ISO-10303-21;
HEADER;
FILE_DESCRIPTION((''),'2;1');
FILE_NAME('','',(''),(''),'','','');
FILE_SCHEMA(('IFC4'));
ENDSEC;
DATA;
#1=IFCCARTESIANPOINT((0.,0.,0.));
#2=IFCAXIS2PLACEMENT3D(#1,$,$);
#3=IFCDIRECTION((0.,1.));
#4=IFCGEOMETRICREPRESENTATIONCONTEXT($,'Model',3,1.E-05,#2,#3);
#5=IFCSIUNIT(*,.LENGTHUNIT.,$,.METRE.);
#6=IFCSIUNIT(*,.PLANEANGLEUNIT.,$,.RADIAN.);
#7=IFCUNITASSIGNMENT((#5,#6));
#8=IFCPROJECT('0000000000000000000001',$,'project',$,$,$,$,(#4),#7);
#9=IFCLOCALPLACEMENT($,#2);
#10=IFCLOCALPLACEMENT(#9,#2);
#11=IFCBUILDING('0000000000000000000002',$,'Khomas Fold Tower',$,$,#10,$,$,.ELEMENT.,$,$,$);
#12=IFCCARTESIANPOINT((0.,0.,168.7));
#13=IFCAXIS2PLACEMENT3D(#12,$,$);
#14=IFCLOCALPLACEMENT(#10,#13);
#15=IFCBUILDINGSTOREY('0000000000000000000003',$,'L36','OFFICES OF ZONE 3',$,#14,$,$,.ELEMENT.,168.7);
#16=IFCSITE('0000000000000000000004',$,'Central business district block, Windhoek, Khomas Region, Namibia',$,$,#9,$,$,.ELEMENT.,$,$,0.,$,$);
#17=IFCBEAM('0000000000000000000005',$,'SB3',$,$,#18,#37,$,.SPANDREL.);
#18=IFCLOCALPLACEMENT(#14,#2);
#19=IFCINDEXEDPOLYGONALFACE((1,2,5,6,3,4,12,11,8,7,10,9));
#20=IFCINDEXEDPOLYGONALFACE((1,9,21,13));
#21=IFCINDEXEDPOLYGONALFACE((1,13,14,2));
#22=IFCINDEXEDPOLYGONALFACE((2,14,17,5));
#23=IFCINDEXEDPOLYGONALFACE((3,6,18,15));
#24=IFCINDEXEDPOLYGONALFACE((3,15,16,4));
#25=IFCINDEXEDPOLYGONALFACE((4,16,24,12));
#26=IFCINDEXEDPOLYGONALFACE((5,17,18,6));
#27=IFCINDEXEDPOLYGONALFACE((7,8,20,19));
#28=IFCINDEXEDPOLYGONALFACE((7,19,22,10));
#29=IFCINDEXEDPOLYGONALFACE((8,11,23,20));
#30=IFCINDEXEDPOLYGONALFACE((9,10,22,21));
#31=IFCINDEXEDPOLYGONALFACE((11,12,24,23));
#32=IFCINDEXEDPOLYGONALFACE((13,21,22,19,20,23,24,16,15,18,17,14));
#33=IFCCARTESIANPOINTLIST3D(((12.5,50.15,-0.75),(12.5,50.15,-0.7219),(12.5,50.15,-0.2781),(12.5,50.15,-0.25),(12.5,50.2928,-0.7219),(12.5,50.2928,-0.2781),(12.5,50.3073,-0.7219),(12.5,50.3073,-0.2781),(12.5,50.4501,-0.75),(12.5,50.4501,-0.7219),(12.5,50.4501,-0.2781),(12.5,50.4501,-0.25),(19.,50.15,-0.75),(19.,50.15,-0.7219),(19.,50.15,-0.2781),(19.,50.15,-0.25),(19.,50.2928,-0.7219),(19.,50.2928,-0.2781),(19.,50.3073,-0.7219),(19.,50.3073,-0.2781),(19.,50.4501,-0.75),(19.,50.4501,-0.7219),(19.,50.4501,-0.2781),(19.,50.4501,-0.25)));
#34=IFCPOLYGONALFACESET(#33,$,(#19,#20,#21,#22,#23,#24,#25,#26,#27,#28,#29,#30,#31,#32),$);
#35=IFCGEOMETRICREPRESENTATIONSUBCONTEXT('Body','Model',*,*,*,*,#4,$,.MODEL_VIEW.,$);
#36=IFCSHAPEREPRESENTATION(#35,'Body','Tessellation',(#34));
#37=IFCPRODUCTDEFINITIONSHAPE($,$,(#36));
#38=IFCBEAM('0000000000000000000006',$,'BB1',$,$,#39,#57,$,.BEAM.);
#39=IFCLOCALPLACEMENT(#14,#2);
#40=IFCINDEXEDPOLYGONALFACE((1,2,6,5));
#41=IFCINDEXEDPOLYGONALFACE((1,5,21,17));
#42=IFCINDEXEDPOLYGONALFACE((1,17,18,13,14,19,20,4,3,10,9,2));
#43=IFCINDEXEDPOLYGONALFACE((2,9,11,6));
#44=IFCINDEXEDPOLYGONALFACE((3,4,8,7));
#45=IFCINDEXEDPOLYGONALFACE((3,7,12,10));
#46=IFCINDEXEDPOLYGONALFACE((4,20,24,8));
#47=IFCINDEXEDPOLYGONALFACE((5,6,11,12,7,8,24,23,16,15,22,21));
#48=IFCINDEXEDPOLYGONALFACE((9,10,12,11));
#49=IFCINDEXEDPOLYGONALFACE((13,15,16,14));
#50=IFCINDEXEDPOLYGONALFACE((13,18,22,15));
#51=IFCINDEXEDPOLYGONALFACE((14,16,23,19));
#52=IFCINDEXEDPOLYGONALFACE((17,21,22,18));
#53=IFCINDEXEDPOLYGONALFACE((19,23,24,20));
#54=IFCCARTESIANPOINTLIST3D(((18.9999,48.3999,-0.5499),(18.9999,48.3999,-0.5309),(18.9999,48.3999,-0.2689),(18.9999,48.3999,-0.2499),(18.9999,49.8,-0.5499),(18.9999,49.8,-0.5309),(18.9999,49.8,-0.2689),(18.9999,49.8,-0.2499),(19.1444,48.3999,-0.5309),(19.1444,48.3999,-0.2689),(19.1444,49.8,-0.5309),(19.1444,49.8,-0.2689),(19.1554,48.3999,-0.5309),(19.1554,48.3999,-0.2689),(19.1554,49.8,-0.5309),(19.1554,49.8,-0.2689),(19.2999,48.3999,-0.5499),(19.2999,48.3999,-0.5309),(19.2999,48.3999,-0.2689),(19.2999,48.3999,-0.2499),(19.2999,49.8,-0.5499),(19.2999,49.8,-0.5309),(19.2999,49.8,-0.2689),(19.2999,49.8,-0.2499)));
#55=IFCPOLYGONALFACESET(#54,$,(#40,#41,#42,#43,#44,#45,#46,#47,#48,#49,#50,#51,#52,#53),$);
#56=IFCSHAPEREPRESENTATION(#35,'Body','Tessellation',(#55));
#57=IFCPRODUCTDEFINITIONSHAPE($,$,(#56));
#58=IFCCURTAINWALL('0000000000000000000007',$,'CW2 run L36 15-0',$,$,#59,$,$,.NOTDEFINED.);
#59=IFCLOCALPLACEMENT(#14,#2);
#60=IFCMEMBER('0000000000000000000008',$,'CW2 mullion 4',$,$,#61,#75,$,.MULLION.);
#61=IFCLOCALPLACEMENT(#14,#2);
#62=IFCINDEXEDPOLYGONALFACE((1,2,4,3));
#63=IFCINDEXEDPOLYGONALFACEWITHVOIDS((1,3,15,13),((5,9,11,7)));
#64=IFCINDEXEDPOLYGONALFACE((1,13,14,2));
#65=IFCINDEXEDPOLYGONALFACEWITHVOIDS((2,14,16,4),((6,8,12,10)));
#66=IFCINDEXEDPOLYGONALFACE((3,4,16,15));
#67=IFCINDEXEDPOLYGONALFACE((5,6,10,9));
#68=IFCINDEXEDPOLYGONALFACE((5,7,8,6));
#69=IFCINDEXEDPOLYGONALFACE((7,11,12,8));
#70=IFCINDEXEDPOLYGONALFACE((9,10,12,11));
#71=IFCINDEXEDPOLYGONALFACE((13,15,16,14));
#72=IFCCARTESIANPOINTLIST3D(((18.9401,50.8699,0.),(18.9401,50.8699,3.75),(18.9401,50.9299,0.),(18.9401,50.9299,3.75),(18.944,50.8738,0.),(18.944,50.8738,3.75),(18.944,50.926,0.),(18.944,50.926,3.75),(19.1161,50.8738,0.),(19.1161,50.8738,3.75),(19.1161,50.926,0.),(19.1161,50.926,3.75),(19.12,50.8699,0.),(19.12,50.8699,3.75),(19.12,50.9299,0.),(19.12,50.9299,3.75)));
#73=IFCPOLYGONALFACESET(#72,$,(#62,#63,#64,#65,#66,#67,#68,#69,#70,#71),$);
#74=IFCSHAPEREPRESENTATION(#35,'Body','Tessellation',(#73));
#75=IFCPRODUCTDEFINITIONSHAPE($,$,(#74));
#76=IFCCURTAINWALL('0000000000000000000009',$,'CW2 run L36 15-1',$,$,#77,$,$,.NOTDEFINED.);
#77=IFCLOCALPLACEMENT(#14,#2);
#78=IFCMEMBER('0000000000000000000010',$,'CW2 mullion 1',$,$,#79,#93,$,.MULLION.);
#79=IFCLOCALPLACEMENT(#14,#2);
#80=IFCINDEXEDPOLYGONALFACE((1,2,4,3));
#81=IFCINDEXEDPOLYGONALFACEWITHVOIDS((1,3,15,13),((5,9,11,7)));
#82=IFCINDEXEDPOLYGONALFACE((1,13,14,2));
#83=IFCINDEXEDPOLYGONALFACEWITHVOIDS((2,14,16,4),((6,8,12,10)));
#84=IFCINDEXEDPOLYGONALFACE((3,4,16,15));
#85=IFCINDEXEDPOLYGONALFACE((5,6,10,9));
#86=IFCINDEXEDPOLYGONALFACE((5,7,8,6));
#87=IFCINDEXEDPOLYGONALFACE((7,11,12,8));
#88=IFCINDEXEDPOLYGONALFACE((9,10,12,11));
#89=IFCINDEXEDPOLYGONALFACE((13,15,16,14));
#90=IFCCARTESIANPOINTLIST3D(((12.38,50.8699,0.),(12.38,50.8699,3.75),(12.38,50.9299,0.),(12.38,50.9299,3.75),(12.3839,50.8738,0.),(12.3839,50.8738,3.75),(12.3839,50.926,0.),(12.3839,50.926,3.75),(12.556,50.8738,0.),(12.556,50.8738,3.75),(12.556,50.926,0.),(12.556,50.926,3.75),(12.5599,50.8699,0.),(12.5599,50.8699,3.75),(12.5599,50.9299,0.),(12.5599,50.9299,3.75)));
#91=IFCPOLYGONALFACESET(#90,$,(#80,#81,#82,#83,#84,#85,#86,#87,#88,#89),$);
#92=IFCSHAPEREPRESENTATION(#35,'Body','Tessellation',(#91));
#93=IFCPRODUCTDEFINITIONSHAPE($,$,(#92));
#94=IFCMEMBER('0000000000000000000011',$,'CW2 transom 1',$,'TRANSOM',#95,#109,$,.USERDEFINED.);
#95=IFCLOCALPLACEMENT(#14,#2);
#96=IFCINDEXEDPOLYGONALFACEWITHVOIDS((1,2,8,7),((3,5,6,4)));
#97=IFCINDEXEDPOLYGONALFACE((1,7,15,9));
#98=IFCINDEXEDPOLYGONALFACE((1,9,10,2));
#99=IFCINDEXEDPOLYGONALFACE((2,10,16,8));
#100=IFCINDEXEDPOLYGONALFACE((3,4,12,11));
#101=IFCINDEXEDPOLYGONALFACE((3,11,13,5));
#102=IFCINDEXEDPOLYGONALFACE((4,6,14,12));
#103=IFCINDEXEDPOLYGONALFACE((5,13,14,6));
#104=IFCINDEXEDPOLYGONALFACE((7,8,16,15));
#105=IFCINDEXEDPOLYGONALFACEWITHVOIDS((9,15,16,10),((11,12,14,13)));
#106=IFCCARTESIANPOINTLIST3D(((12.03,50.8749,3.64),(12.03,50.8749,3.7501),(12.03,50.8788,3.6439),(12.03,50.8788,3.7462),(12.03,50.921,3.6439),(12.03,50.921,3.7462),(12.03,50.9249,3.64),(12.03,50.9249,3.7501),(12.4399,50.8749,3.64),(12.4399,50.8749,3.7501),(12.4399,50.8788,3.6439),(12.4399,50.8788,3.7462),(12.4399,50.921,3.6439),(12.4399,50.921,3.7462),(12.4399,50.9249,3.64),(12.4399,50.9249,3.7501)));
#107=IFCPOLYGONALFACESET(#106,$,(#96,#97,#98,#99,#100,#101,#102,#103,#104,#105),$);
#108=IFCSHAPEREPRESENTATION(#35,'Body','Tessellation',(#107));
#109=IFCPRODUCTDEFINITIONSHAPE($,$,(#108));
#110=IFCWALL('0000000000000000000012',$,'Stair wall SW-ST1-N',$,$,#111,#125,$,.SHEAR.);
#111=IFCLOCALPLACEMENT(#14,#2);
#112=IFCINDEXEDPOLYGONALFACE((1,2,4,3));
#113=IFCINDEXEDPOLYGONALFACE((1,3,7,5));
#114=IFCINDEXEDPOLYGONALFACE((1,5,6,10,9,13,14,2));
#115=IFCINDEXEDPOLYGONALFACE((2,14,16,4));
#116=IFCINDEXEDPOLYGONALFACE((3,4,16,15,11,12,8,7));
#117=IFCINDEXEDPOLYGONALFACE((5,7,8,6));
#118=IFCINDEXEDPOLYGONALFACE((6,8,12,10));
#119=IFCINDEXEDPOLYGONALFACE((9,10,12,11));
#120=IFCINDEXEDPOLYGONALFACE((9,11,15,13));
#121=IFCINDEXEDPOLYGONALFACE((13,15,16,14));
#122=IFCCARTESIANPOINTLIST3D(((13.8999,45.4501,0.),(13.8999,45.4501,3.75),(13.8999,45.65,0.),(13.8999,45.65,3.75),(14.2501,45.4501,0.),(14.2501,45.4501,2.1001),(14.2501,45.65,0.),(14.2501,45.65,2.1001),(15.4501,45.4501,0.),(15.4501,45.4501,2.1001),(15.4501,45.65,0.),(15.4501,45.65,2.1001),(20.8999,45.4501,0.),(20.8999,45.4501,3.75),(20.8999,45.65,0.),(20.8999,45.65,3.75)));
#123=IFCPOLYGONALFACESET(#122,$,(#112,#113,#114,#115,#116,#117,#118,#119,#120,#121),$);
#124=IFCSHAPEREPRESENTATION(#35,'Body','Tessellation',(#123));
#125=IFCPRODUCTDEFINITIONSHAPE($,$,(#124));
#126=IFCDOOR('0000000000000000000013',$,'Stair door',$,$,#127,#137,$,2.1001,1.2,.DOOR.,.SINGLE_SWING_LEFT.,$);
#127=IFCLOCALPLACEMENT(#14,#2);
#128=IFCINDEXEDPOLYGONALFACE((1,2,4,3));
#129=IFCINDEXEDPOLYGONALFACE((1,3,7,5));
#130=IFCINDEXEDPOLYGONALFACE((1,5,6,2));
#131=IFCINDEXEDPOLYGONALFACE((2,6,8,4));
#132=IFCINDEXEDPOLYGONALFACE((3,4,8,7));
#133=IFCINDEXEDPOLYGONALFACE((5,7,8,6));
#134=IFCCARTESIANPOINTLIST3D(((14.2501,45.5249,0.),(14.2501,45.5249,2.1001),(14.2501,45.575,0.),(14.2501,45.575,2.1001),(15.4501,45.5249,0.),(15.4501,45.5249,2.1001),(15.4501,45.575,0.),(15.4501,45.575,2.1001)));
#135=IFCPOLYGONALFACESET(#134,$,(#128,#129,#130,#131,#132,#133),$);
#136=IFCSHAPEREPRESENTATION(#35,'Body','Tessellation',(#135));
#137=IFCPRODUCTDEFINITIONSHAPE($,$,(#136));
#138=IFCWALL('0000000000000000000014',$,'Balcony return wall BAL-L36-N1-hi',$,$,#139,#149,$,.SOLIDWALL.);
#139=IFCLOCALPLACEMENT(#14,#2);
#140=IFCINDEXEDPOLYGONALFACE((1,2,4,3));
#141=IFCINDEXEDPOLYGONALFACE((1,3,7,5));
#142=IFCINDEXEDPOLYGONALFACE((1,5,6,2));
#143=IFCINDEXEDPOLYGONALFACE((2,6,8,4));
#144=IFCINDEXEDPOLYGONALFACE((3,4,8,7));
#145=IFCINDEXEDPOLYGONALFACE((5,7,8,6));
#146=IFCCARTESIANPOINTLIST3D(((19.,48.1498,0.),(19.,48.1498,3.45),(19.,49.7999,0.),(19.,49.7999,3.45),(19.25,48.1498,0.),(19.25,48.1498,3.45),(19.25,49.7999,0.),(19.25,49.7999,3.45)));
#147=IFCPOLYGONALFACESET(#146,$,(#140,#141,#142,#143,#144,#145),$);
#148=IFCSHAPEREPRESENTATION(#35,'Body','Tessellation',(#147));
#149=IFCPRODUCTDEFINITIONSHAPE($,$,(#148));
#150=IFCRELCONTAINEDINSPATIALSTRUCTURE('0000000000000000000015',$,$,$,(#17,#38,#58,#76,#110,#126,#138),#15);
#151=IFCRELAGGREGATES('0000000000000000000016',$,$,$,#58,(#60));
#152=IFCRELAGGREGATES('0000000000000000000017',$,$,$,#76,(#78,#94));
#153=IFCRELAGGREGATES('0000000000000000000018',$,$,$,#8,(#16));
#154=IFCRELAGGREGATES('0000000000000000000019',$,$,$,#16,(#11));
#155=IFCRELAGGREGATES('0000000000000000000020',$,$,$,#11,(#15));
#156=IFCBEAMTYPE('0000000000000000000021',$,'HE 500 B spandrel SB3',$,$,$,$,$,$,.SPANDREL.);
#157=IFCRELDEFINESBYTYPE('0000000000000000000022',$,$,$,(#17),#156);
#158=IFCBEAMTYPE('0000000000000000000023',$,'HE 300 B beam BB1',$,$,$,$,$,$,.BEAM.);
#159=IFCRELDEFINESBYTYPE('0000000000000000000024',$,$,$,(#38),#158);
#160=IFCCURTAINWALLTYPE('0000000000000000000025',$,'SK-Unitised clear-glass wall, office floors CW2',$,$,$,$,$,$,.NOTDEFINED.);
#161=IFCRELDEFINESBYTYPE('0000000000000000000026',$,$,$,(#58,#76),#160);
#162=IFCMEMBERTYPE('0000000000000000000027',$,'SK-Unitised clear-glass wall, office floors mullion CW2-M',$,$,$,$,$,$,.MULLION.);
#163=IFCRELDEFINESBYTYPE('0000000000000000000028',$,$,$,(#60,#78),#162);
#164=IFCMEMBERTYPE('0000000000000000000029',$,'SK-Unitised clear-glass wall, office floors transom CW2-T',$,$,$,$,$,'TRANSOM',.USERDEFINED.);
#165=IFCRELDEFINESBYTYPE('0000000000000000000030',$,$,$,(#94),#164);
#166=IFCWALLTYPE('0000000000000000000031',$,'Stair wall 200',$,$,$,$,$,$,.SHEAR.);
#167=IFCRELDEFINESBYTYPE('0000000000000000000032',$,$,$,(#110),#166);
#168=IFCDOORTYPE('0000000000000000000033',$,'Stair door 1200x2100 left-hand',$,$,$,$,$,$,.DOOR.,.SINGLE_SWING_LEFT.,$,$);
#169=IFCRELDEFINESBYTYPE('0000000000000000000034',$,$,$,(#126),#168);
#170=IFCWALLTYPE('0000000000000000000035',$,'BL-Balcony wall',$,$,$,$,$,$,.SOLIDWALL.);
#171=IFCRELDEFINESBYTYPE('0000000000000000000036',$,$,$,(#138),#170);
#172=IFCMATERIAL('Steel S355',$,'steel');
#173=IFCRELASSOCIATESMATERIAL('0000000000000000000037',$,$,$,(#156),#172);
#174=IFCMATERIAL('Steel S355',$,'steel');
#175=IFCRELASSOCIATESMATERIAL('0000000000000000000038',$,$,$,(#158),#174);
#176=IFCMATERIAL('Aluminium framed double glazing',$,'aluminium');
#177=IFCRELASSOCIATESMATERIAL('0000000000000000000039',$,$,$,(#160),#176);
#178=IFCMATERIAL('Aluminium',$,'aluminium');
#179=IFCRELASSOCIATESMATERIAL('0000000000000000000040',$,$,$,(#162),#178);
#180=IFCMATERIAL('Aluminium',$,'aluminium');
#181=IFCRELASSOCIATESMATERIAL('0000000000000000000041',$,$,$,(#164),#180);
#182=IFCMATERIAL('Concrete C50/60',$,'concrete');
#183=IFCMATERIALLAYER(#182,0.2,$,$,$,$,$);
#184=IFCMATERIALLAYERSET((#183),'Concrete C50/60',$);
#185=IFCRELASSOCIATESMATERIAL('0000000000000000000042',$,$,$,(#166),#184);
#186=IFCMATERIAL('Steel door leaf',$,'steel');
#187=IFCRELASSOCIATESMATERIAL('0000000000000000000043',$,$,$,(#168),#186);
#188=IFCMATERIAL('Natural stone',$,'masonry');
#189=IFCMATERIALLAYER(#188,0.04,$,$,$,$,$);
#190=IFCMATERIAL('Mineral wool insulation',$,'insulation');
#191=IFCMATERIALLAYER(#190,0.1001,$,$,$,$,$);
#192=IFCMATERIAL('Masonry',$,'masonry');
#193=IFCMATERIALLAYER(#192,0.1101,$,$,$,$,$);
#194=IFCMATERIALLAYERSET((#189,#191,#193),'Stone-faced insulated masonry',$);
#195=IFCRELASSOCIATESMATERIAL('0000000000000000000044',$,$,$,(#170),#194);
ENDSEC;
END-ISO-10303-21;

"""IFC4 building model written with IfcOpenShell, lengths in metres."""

from ifc_helpers import new_model, si_unit, direction, frame, frame_2d, origin, origin_2d, place, context, subcontext, project, spatial, rectangle, hollow_rectangle, i_section, extrude, source, transform, mapped, material, layer, layer_set, material_profile, profile_set, type_object, element, fill, aggregate, save


model = new_model("IFC4")

# Units and contexts
model_context = context("Model", 3, precision=1e-05, world=origin(), true_north=direction((0.0, 1.0)))
body_context = subcontext(model_context, "Body", "Model", "MODEL_VIEW")
ifc_project = project(units=[si_unit("LENGTHUNIT", "METRE"), si_unit("PLANEANGLEUNIT", "RADIAN")], contexts=[model_context])

# Site, building, storey
site_placement = place(None, origin())
site = spatial("IfcSite", under=ifc_project, at=site_placement, Name="Central business district block, Windhoek, Khomas Region, Namibia", CompositionType="ELEMENT", RefElevation=0.0)
building_placement = place(site_placement, origin())
building = spatial("IfcBuilding", under=site, at=building_placement, Name="Khomas Fold Tower", CompositionType="ELEMENT")
storey_placement = place(building_placement, frame((0.0, 0.0, 168.7)))
storey = spatial("IfcBuildingStorey", under=building, at=storey_placement, Name="L36", Description="OFFICES OF ZONE 3", CompositionType="ELEMENT", Elevation=168.7)

# Beams
ifc_material_1 = material(Name="Steel S355", Category="steel")
ifc_material_profile_1 = material_profile(ifc_material_1, i_section(OverallWidth=0.3, OverallDepth=0.5, WebThickness=0.0144, FlangeThickness=0.0281, at=origin_2d()), Name="HE 500 B")
ifc_profile_set_1 = profile_set([ifc_material_profile_1], Name="Steel S355")
beam_type_1 = type_object("IfcBeamType", Name="HE 500 B spandrel SB3", PredefinedType="SPANDREL", material=ifc_profile_set_1)
shared_shape_1 = source(origin(), body_context, "Body", "SweptSolid", [
    extrude(i_section(OverallWidth=0.3, OverallDepth=0.5, WebThickness=0.0144, FlangeThickness=0.0281, at=origin_2d()), origin(), (0.0, 0.0, 1.0), 6.5),
])
beam_1_placement = place(storey_placement, frame((12.5, 50.3, -0.5), z_axis=(1.0, 0.0, 0.0), x_axis=(0.0, 1.0, 0.0)))
element("IfcBeam", 1, at=beam_1_placement, inside=storey, type_object=beam_type_1, Name="SB3", PredefinedType="SPANDREL", context=body_context, shape_type="MappedRepresentation", body=[
    mapped(shared_shape_1, transform((0.0, 0.0, 0.0))),
])
ifc_material_2 = material(Name="Steel S355", Category="steel")
ifc_material_profile_2 = material_profile(ifc_material_2, i_section(OverallWidth=0.3, OverallDepth=0.3, WebThickness=0.011, FlangeThickness=0.019, at=origin_2d()), Name="HE 300 B")
ifc_profile_set_2 = profile_set([ifc_material_profile_2], Name="Steel S355")
beam_type_2 = type_object("IfcBeamType", Name="HE 300 B beam BB1", PredefinedType="BEAM", material=ifc_profile_set_2)
shared_shape_2 = source(origin(), body_context, "Body", "SweptSolid", [
    extrude(i_section(OverallWidth=0.3, OverallDepth=0.3, WebThickness=0.011, FlangeThickness=0.019, at=origin_2d()), origin(), (0.0, 0.0, 1.0), 1.4001),
])
beam_2_placement = place(storey_placement, frame((19.1499, 48.3999, -0.3999), z_axis=(0.0, 1.0, 0.0), x_axis=(-1.0, 0.0, 0.0)))
element("IfcBeam", 2, at=beam_2_placement, inside=storey, type_object=beam_type_2, Name="BB1", PredefinedType="BEAM", context=body_context, shape_type="MappedRepresentation", body=[
    mapped(shared_shape_2, transform((0.0, 0.0, 0.0))),
])

# Curtain wall, member
ifc_material_3 = material(Name="Aluminium framed double glazing", Category="aluminium")
curtain_wall_type = type_object("IfcCurtainWallType", Name="SK-Unitised clear-glass wall, office floors CW2", PredefinedType="NOTDEFINED", material=ifc_material_3)
curtain_wall_1_placement = place(storey_placement, origin())
curtain_wall_1 = element("IfcCurtainWall", 3, at=curtain_wall_1_placement, inside=storey, type_object=curtain_wall_type, Name="CW2 run L36 15-0", PredefinedType="NOTDEFINED")
ifc_material_4 = material(Name="Aluminium", Category="aluminium")
ifc_material_profile_3 = material_profile(ifc_material_4, hollow_rectangle(XDim=0.0601, YDim=0.1799, WallThickness=0.0039, at=origin_2d()), Name="SK-Unitised clear-glass wall, office floors mullion CW2-M")
ifc_profile_set_3 = profile_set([ifc_material_profile_3], Name="Aluminium")
member_type_1 = type_object("IfcMemberType", Name="SK-Unitised clear-glass wall, office floors mullion CW2-M", PredefinedType="MULLION", material=ifc_profile_set_3)
shared_shape_3 = source(origin(), body_context, "Body", "SweptSolid", [
    extrude(hollow_rectangle(XDim=0.0601, YDim=0.1799, WallThickness=0.0039, at=origin_2d()), origin(), (0.0, 0.0, 1.0), 3.75),
])
member_1_placement = place(storey_placement, frame((19.03, 50.8999, 0.0), z_axis=(0.0, 0.0, 1.0), x_axis=(0.0, -1.0, 0.0)))
member_1 = element("IfcMember", 4, at=member_1_placement, type_object=member_type_1, Name="CW2 mullion 4", PredefinedType="MULLION", context=body_context, shape_type="MappedRepresentation", body=[
    mapped(shared_shape_3, transform((0.0, 0.0, 0.0))),
])
aggregate(curtain_wall_1, [member_1])

# Curtain wall, members
curtain_wall_2_placement = place(storey_placement, origin())
curtain_wall_2 = element("IfcCurtainWall", 5, at=curtain_wall_2_placement, inside=storey, type_object=curtain_wall_type, Name="CW2 run L36 15-1", PredefinedType="NOTDEFINED")
member_2_placement = place(storey_placement, frame((12.47, 50.8999, 0.0), z_axis=(0.0, 0.0, 1.0), x_axis=(0.0, -1.0, 0.0)))
member_2 = element("IfcMember", 6, at=member_2_placement, type_object=member_type_1, Name="CW2 mullion 1", PredefinedType="MULLION", context=body_context, shape_type="MappedRepresentation", body=[
    mapped(shared_shape_3, transform((0.0, 0.0, 0.0))),
])
ifc_material_5 = material(Name="Aluminium", Category="aluminium")
ifc_material_profile_4 = material_profile(ifc_material_5, hollow_rectangle(XDim=0.05, YDim=0.1101, WallThickness=0.0039, at=origin_2d()), Name="SK-Unitised clear-glass wall, office floors transom CW2-T")
ifc_profile_set_4 = profile_set([ifc_material_profile_4], Name="Aluminium")
member_type_2 = type_object("IfcMemberType", Name="SK-Unitised clear-glass wall, office floors transom CW2-T", ElementType="TRANSOM", PredefinedType="USERDEFINED", material=ifc_profile_set_4)
shared_shape_4 = source(origin(), body_context, "Body", "SweptSolid", [
    extrude(hollow_rectangle(XDim=0.05, YDim=0.1101, WallThickness=0.0039, at=origin_2d()), origin(), (0.0, 0.0, 1.0), 0.4099),
])
member_3_placement = place(storey_placement, frame((12.4399, 50.8999, 3.6951), z_axis=(-1.0, 0.0, 0.0), x_axis=(0.0, -1.0, 0.0)))
member_3 = element("IfcMember", 7, at=member_3_placement, type_object=member_type_2, Name="CW2 transom 1", ObjectType="TRANSOM", PredefinedType="USERDEFINED", context=body_context, shape_type="MappedRepresentation", body=[
    mapped(shared_shape_4, transform((0.0, 0.0, 0.0))),
])
aggregate(curtain_wall_2, [member_2, member_3])

# Wall, opening, door
ifc_material_6 = material(Name="Concrete C50/60", Category="concrete")
ifc_layer_1 = layer(ifc_material_6, 0.2)
ifc_layer_set_1 = layer_set([ifc_layer_1], Name="Concrete C50/60")
wall_type_1 = type_object("IfcWallType", Name="Stair wall 200", PredefinedType="SHEAR", material=ifc_layer_set_1)
shared_shape_5 = source(origin(), body_context, "Body", "SweptSolid", [
    extrude(rectangle(XDim=7.0, YDim=0.2, at=frame_2d((3.5, 0.0))), origin(), (0.0, 0.0, 1.0), 3.75),
])
wall_1_placement = place(storey_placement, frame((13.8999, 45.55, 0.0), z_axis=(0.0, 0.0, 1.0), x_axis=(1.0, 0.0, 0.0)))
wall_1 = element("IfcWall", 8, at=wall_1_placement, inside=storey, type_object=wall_type_1, Name="Stair wall SW-ST1-N", PredefinedType="SHEAR", context=body_context, shape_type="MappedRepresentation", body=[
    mapped(shared_shape_5, transform((0.0, 0.0, 0.0))),
])
shared_shape_6 = source(origin(), body_context, "Body", "SweptSolid", [
    extrude(rectangle(XDim=1.2, YDim=2.1001, at=frame_2d((0.6001, 1.05))), frame((0.0, 0.1099, 0.0), z_axis=(0.0, -1.0, 0.0), x_axis=(1.0, 0.0, 0.0)), (0.0, 0.0, 1.0), 0.22),
])
opening_1_placement = place(wall_1_placement, frame((0.3501, 0.0, 0.0)))
opening_1 = element("IfcOpeningElement", 9, at=opening_1_placement, cuts=wall_1, PredefinedType="OPENING", context=body_context, shape_type="MappedRepresentation", body=[
    mapped(shared_shape_6, transform((0.0, 0.0, 0.0))),
])
ifc_material_7 = material(Name="Steel door leaf", Category="steel")
door_type_1 = type_object("IfcDoorType", Name="Stair door 1200x2100 left-hand", OperationType="SINGLE_SWING_LEFT", PredefinedType="DOOR", material=ifc_material_7)
shared_shape_7 = source(origin(), body_context, "Body", "SweptSolid", [
    extrude(rectangle(XDim=1.2, YDim=2.1001, at=frame_2d((0.6001, 1.05))), frame((0.0, 0.0249, 0.0), z_axis=(0.0, -1.0, 0.0), x_axis=(1.0, 0.0, 0.0)), (0.0, 0.0, 1.0), 0.05),
])
door_1_placement = place(opening_1_placement, origin())
door_1 = element("IfcDoor", 10, at=door_1_placement, inside=storey, type_object=door_type_1, Name="Stair door", OperationType="SINGLE_SWING_LEFT", OverallHeight=2.1001, OverallWidth=1.2, PredefinedType="DOOR", context=body_context, shape_type="MappedRepresentation", body=[
    mapped(shared_shape_7, transform((0.0, 0.0, 0.0))),
])
fill(opening_1, door_1)

# Shared definitions
ifc_material_8 = material(Name="Natural stone", Category="masonry")
ifc_layer_2 = layer(ifc_material_8, 0.04)
ifc_material_9 = material(Name="Mineral wool insulation", Category="insulation")
ifc_layer_3 = layer(ifc_material_9, 0.1001)
ifc_material_10 = material(Name="Masonry", Category="masonry")
ifc_layer_4 = layer(ifc_material_10, 0.1101)
ifc_layer_set_2 = layer_set([ifc_layer_2, ifc_layer_3, ifc_layer_4], Name="Stone-faced insulated masonry")
wall_type_2 = type_object("IfcWallType", Name="BL-Balcony wall", PredefinedType="SOLIDWALL", material=ifc_layer_set_2)

# Wall
shared_shape_8 = source(origin(), body_context, "Body", "SweptSolid", [
    extrude(rectangle(XDim=1.6501, YDim=0.25, at=frame_2d((0.8252, 0.0))), origin(), (0.0, 0.0, 1.0), 3.45),
])
wall_2_placement = place(storey_placement, frame((19.125, 49.8, 0.0), z_axis=(0.0, 0.0, 1.0), x_axis=(0.0, -1.0, 0.0)))
element("IfcWall", 11, at=wall_2_placement, inside=storey, type_object=wall_type_2, Name="Balcony return wall BAL-L36-N1-hi", PredefinedType="SOLIDWALL", context=body_context, shape_type="MappedRepresentation", body=[
    mapped(shared_shape_8, transform((0.0, 0.0, 0.0))),
])

save(model, "model.ifc")
